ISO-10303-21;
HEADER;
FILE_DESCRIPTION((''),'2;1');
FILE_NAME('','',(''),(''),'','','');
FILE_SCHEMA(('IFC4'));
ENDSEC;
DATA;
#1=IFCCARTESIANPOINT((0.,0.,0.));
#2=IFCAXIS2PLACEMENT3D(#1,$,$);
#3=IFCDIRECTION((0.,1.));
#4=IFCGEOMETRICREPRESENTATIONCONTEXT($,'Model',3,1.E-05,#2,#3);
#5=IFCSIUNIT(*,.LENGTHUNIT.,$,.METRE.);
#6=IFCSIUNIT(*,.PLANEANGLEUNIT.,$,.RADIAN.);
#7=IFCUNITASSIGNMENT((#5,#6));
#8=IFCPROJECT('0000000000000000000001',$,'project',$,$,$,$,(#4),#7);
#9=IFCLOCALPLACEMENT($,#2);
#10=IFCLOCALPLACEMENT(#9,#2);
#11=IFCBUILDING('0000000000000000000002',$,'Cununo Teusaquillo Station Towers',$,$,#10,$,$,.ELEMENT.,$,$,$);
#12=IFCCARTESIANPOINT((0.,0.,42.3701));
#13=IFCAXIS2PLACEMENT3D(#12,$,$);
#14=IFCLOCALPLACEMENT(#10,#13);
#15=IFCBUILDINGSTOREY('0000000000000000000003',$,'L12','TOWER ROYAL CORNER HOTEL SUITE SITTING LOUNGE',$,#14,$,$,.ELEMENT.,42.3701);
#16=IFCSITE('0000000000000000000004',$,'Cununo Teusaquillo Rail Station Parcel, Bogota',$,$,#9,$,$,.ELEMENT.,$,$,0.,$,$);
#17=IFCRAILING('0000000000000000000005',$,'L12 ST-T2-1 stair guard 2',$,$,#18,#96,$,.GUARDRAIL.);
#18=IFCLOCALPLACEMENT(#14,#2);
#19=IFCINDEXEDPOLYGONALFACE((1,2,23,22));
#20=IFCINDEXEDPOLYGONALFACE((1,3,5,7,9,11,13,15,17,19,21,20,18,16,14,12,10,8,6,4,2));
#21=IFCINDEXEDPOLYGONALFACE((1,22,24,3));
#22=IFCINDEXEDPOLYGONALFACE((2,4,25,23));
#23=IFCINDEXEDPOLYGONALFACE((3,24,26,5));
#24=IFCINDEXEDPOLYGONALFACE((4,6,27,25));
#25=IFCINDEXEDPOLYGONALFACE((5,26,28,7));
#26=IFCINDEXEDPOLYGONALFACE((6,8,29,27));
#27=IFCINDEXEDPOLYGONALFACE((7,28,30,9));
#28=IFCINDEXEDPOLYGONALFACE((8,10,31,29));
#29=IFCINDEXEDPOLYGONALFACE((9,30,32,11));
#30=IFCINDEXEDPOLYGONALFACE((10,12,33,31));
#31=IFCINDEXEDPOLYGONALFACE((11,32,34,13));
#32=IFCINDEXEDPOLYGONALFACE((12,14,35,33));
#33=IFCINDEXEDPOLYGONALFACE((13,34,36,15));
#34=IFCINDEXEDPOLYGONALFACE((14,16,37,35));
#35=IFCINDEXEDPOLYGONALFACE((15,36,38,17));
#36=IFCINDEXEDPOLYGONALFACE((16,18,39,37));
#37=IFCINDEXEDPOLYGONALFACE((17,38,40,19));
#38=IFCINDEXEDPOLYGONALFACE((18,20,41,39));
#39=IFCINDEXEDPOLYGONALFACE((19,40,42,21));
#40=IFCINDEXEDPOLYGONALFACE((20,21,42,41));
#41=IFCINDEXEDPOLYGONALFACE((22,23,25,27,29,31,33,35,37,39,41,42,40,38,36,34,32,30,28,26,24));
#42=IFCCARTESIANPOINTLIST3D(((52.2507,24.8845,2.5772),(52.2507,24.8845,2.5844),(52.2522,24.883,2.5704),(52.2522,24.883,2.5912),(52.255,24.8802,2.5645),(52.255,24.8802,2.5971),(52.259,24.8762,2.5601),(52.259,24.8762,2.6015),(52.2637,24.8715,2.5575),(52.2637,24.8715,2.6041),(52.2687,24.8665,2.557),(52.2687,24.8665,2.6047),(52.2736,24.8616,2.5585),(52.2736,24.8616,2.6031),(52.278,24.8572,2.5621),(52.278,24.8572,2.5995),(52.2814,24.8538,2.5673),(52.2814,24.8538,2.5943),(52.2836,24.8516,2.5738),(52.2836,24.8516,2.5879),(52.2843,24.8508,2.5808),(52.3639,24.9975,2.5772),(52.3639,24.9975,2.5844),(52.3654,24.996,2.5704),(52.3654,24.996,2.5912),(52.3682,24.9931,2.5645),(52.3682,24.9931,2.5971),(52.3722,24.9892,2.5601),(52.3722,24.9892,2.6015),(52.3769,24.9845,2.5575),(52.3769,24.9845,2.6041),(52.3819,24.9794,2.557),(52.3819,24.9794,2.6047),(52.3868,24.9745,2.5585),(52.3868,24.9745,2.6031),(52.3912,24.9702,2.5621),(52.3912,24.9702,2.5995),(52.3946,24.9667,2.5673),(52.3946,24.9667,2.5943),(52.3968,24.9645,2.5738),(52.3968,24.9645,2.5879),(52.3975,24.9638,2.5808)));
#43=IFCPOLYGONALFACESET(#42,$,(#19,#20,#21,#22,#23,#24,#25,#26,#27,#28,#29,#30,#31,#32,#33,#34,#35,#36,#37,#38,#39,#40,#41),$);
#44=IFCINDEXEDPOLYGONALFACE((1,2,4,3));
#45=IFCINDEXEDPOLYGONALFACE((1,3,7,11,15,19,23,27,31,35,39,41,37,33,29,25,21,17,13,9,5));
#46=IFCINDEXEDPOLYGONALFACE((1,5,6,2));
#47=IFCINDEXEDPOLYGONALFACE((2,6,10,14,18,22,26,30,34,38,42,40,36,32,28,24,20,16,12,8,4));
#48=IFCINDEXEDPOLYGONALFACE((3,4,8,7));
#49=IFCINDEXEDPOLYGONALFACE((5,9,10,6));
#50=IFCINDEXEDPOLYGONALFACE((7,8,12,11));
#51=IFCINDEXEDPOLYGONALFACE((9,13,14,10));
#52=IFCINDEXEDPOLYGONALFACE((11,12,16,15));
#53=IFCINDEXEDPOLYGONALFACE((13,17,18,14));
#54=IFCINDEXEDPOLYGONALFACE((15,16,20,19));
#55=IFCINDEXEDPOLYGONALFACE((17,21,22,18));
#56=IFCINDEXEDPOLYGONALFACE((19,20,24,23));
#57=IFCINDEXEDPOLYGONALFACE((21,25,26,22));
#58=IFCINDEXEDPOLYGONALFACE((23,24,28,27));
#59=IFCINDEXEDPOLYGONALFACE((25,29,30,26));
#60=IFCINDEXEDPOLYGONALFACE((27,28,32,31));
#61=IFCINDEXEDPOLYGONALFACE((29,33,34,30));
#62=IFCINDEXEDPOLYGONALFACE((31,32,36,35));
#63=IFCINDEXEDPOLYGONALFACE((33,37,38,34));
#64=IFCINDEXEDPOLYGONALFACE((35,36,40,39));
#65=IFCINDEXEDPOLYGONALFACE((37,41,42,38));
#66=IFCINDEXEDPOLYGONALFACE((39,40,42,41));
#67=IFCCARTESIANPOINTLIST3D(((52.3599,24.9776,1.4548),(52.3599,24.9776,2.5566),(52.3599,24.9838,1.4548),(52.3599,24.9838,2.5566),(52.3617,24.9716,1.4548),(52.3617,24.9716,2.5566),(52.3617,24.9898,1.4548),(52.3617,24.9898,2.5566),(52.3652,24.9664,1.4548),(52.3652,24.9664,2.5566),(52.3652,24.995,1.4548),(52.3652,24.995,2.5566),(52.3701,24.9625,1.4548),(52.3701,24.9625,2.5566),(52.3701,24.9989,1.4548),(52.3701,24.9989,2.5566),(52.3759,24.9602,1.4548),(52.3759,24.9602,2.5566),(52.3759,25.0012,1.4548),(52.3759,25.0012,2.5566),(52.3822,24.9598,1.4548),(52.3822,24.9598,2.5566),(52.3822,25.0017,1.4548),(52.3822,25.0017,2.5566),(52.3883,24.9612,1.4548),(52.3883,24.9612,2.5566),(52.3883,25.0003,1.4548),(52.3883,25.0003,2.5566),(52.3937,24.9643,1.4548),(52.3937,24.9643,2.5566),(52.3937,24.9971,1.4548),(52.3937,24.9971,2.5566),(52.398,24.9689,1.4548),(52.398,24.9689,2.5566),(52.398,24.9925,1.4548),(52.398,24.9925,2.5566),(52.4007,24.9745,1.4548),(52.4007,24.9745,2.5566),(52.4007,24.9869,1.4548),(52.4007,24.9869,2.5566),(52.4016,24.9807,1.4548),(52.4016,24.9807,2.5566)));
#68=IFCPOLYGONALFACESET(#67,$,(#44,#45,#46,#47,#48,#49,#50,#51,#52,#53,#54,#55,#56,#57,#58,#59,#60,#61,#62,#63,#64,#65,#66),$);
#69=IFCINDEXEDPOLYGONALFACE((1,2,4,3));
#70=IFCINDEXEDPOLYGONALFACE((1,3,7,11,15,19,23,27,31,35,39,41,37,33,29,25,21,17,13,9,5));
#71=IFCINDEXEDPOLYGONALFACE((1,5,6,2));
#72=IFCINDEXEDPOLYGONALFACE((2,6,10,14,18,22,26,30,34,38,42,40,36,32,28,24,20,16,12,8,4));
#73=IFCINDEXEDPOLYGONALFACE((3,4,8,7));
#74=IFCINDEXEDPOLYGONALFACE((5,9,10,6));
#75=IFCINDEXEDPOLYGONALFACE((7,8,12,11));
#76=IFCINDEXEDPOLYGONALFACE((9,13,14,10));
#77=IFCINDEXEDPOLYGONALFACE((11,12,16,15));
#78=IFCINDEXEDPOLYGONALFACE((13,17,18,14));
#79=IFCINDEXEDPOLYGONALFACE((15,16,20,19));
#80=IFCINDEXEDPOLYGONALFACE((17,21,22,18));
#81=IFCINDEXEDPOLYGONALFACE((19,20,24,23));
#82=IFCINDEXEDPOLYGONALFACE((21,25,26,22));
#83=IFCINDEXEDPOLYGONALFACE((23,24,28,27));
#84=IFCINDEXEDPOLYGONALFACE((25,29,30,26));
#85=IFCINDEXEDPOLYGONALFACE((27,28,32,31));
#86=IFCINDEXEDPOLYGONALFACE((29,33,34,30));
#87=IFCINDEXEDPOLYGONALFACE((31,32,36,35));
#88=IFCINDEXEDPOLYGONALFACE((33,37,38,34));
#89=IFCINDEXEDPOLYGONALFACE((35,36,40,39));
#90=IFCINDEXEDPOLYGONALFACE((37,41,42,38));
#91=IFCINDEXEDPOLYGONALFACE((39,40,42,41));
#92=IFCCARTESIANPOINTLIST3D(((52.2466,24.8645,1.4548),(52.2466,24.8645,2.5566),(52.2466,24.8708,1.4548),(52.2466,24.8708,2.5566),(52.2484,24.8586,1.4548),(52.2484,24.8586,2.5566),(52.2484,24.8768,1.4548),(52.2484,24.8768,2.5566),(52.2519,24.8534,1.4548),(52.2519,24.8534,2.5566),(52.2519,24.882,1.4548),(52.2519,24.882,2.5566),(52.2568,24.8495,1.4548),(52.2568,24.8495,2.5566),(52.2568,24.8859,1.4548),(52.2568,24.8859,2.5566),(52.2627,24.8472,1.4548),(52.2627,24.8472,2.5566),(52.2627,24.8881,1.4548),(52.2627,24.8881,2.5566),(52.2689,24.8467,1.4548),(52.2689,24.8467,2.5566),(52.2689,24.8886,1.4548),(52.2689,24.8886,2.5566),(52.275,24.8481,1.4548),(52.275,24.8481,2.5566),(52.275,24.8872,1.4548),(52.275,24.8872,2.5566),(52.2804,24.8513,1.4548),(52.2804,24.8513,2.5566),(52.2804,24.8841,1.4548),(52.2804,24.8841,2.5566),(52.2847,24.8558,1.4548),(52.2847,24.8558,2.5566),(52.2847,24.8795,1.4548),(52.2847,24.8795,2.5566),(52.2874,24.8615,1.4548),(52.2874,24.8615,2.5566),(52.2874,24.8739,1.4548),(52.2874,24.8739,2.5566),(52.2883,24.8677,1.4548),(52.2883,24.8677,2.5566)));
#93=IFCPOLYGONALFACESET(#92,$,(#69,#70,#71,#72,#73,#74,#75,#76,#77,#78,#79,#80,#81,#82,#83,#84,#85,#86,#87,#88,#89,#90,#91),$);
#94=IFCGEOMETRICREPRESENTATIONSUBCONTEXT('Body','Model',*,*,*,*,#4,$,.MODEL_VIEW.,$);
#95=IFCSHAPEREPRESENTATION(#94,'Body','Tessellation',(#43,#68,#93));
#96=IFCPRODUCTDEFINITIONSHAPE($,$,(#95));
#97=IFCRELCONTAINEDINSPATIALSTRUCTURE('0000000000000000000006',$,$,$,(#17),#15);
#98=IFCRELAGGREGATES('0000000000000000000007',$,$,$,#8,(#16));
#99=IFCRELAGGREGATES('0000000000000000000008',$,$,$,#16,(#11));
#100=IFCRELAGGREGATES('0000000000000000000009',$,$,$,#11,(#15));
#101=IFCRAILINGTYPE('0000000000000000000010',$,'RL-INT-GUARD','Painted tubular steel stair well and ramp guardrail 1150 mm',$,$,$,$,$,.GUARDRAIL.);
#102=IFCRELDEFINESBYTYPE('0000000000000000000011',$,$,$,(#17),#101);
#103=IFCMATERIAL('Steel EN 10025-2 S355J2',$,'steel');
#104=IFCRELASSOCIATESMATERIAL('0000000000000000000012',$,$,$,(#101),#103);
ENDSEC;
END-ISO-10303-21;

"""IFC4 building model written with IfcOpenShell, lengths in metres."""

from ifc_helpers import new_model, si_unit, direction, frame, origin, origin_2d, place, context, subcontext, project, spatial, circle, extrude, material, type_object, element, save


model = new_model("IFC4")

# Units and contexts
model_context = context("Model", 3, precision=1e-05, world=origin(), true_north=direction((0.0, 1.0)))
body_context = subcontext(model_context, "Body", "Model", "MODEL_VIEW")
ifc_project = project(units=[si_unit("LENGTHUNIT", "METRE"), si_unit("PLANEANGLEUNIT", "RADIAN")], contexts=[model_context])

# Site, building, storey
site_placement = place(None, origin())
site = spatial("IfcSite", under=ifc_project, at=site_placement, Name="Cununo Teusaquillo Rail Station Parcel, Bogota", CompositionType="ELEMENT", RefElevation=0.0)
building_placement = place(site_placement, origin())
building = spatial("IfcBuilding", under=site, at=building_placement, Name="Cununo Teusaquillo Station Towers", CompositionType="ELEMENT")
storey_placement = place(building_placement, frame((0.0, 0.0, 42.3701)))
storey = spatial("IfcBuildingStorey", under=building, at=storey_placement, Name="L12", Description="TOWER ROYAL CORNER HOTEL SUITE SITTING LOUNGE", CompositionType="ELEMENT", Elevation=42.3701)

# Railing
ifc_material_1 = material(Name="Steel EN 10025-2 S355J2", Category="steel")
railing_type_1 = type_object("IfcRailingType", Name="RL-INT-GUARD", Description="Painted tubular steel stair well and ramp guardrail 1150 mm", PredefinedType="GUARDRAIL", material=ifc_material_1)
railing_1_placement = place(storey_placement, frame((52.3806, 24.9807, 1.4548)))
element("IfcRailing", 1, at=railing_1_placement, inside=storey, type_object=railing_type_1, Name="L12 ST-T2-1 stair guard 2", PredefinedType="GUARDRAIL", context=body_context, shape_type="SweptSolid", body=[
    extrude(circle(Radius=0.0239, at=origin_2d()), frame((0.0, 0.0, 1.126), z_axis=(-0.707869, -0.706344, 0.0), x_axis=(0.706344, -0.707869, 0.0)), (0.0, 0.0, 1.0), 0.1599),
    extrude(circle(Radius=0.021, at=origin_2d()), origin(), (0.0, 0.0, 1.0), 1.1018),
    extrude(circle(Radius=0.021, at=origin_2d()), frame((-0.1133, -0.113, 0.0)), (0.0, 0.0, 1.0), 1.1018),
])

save(model, "model.ifc")
